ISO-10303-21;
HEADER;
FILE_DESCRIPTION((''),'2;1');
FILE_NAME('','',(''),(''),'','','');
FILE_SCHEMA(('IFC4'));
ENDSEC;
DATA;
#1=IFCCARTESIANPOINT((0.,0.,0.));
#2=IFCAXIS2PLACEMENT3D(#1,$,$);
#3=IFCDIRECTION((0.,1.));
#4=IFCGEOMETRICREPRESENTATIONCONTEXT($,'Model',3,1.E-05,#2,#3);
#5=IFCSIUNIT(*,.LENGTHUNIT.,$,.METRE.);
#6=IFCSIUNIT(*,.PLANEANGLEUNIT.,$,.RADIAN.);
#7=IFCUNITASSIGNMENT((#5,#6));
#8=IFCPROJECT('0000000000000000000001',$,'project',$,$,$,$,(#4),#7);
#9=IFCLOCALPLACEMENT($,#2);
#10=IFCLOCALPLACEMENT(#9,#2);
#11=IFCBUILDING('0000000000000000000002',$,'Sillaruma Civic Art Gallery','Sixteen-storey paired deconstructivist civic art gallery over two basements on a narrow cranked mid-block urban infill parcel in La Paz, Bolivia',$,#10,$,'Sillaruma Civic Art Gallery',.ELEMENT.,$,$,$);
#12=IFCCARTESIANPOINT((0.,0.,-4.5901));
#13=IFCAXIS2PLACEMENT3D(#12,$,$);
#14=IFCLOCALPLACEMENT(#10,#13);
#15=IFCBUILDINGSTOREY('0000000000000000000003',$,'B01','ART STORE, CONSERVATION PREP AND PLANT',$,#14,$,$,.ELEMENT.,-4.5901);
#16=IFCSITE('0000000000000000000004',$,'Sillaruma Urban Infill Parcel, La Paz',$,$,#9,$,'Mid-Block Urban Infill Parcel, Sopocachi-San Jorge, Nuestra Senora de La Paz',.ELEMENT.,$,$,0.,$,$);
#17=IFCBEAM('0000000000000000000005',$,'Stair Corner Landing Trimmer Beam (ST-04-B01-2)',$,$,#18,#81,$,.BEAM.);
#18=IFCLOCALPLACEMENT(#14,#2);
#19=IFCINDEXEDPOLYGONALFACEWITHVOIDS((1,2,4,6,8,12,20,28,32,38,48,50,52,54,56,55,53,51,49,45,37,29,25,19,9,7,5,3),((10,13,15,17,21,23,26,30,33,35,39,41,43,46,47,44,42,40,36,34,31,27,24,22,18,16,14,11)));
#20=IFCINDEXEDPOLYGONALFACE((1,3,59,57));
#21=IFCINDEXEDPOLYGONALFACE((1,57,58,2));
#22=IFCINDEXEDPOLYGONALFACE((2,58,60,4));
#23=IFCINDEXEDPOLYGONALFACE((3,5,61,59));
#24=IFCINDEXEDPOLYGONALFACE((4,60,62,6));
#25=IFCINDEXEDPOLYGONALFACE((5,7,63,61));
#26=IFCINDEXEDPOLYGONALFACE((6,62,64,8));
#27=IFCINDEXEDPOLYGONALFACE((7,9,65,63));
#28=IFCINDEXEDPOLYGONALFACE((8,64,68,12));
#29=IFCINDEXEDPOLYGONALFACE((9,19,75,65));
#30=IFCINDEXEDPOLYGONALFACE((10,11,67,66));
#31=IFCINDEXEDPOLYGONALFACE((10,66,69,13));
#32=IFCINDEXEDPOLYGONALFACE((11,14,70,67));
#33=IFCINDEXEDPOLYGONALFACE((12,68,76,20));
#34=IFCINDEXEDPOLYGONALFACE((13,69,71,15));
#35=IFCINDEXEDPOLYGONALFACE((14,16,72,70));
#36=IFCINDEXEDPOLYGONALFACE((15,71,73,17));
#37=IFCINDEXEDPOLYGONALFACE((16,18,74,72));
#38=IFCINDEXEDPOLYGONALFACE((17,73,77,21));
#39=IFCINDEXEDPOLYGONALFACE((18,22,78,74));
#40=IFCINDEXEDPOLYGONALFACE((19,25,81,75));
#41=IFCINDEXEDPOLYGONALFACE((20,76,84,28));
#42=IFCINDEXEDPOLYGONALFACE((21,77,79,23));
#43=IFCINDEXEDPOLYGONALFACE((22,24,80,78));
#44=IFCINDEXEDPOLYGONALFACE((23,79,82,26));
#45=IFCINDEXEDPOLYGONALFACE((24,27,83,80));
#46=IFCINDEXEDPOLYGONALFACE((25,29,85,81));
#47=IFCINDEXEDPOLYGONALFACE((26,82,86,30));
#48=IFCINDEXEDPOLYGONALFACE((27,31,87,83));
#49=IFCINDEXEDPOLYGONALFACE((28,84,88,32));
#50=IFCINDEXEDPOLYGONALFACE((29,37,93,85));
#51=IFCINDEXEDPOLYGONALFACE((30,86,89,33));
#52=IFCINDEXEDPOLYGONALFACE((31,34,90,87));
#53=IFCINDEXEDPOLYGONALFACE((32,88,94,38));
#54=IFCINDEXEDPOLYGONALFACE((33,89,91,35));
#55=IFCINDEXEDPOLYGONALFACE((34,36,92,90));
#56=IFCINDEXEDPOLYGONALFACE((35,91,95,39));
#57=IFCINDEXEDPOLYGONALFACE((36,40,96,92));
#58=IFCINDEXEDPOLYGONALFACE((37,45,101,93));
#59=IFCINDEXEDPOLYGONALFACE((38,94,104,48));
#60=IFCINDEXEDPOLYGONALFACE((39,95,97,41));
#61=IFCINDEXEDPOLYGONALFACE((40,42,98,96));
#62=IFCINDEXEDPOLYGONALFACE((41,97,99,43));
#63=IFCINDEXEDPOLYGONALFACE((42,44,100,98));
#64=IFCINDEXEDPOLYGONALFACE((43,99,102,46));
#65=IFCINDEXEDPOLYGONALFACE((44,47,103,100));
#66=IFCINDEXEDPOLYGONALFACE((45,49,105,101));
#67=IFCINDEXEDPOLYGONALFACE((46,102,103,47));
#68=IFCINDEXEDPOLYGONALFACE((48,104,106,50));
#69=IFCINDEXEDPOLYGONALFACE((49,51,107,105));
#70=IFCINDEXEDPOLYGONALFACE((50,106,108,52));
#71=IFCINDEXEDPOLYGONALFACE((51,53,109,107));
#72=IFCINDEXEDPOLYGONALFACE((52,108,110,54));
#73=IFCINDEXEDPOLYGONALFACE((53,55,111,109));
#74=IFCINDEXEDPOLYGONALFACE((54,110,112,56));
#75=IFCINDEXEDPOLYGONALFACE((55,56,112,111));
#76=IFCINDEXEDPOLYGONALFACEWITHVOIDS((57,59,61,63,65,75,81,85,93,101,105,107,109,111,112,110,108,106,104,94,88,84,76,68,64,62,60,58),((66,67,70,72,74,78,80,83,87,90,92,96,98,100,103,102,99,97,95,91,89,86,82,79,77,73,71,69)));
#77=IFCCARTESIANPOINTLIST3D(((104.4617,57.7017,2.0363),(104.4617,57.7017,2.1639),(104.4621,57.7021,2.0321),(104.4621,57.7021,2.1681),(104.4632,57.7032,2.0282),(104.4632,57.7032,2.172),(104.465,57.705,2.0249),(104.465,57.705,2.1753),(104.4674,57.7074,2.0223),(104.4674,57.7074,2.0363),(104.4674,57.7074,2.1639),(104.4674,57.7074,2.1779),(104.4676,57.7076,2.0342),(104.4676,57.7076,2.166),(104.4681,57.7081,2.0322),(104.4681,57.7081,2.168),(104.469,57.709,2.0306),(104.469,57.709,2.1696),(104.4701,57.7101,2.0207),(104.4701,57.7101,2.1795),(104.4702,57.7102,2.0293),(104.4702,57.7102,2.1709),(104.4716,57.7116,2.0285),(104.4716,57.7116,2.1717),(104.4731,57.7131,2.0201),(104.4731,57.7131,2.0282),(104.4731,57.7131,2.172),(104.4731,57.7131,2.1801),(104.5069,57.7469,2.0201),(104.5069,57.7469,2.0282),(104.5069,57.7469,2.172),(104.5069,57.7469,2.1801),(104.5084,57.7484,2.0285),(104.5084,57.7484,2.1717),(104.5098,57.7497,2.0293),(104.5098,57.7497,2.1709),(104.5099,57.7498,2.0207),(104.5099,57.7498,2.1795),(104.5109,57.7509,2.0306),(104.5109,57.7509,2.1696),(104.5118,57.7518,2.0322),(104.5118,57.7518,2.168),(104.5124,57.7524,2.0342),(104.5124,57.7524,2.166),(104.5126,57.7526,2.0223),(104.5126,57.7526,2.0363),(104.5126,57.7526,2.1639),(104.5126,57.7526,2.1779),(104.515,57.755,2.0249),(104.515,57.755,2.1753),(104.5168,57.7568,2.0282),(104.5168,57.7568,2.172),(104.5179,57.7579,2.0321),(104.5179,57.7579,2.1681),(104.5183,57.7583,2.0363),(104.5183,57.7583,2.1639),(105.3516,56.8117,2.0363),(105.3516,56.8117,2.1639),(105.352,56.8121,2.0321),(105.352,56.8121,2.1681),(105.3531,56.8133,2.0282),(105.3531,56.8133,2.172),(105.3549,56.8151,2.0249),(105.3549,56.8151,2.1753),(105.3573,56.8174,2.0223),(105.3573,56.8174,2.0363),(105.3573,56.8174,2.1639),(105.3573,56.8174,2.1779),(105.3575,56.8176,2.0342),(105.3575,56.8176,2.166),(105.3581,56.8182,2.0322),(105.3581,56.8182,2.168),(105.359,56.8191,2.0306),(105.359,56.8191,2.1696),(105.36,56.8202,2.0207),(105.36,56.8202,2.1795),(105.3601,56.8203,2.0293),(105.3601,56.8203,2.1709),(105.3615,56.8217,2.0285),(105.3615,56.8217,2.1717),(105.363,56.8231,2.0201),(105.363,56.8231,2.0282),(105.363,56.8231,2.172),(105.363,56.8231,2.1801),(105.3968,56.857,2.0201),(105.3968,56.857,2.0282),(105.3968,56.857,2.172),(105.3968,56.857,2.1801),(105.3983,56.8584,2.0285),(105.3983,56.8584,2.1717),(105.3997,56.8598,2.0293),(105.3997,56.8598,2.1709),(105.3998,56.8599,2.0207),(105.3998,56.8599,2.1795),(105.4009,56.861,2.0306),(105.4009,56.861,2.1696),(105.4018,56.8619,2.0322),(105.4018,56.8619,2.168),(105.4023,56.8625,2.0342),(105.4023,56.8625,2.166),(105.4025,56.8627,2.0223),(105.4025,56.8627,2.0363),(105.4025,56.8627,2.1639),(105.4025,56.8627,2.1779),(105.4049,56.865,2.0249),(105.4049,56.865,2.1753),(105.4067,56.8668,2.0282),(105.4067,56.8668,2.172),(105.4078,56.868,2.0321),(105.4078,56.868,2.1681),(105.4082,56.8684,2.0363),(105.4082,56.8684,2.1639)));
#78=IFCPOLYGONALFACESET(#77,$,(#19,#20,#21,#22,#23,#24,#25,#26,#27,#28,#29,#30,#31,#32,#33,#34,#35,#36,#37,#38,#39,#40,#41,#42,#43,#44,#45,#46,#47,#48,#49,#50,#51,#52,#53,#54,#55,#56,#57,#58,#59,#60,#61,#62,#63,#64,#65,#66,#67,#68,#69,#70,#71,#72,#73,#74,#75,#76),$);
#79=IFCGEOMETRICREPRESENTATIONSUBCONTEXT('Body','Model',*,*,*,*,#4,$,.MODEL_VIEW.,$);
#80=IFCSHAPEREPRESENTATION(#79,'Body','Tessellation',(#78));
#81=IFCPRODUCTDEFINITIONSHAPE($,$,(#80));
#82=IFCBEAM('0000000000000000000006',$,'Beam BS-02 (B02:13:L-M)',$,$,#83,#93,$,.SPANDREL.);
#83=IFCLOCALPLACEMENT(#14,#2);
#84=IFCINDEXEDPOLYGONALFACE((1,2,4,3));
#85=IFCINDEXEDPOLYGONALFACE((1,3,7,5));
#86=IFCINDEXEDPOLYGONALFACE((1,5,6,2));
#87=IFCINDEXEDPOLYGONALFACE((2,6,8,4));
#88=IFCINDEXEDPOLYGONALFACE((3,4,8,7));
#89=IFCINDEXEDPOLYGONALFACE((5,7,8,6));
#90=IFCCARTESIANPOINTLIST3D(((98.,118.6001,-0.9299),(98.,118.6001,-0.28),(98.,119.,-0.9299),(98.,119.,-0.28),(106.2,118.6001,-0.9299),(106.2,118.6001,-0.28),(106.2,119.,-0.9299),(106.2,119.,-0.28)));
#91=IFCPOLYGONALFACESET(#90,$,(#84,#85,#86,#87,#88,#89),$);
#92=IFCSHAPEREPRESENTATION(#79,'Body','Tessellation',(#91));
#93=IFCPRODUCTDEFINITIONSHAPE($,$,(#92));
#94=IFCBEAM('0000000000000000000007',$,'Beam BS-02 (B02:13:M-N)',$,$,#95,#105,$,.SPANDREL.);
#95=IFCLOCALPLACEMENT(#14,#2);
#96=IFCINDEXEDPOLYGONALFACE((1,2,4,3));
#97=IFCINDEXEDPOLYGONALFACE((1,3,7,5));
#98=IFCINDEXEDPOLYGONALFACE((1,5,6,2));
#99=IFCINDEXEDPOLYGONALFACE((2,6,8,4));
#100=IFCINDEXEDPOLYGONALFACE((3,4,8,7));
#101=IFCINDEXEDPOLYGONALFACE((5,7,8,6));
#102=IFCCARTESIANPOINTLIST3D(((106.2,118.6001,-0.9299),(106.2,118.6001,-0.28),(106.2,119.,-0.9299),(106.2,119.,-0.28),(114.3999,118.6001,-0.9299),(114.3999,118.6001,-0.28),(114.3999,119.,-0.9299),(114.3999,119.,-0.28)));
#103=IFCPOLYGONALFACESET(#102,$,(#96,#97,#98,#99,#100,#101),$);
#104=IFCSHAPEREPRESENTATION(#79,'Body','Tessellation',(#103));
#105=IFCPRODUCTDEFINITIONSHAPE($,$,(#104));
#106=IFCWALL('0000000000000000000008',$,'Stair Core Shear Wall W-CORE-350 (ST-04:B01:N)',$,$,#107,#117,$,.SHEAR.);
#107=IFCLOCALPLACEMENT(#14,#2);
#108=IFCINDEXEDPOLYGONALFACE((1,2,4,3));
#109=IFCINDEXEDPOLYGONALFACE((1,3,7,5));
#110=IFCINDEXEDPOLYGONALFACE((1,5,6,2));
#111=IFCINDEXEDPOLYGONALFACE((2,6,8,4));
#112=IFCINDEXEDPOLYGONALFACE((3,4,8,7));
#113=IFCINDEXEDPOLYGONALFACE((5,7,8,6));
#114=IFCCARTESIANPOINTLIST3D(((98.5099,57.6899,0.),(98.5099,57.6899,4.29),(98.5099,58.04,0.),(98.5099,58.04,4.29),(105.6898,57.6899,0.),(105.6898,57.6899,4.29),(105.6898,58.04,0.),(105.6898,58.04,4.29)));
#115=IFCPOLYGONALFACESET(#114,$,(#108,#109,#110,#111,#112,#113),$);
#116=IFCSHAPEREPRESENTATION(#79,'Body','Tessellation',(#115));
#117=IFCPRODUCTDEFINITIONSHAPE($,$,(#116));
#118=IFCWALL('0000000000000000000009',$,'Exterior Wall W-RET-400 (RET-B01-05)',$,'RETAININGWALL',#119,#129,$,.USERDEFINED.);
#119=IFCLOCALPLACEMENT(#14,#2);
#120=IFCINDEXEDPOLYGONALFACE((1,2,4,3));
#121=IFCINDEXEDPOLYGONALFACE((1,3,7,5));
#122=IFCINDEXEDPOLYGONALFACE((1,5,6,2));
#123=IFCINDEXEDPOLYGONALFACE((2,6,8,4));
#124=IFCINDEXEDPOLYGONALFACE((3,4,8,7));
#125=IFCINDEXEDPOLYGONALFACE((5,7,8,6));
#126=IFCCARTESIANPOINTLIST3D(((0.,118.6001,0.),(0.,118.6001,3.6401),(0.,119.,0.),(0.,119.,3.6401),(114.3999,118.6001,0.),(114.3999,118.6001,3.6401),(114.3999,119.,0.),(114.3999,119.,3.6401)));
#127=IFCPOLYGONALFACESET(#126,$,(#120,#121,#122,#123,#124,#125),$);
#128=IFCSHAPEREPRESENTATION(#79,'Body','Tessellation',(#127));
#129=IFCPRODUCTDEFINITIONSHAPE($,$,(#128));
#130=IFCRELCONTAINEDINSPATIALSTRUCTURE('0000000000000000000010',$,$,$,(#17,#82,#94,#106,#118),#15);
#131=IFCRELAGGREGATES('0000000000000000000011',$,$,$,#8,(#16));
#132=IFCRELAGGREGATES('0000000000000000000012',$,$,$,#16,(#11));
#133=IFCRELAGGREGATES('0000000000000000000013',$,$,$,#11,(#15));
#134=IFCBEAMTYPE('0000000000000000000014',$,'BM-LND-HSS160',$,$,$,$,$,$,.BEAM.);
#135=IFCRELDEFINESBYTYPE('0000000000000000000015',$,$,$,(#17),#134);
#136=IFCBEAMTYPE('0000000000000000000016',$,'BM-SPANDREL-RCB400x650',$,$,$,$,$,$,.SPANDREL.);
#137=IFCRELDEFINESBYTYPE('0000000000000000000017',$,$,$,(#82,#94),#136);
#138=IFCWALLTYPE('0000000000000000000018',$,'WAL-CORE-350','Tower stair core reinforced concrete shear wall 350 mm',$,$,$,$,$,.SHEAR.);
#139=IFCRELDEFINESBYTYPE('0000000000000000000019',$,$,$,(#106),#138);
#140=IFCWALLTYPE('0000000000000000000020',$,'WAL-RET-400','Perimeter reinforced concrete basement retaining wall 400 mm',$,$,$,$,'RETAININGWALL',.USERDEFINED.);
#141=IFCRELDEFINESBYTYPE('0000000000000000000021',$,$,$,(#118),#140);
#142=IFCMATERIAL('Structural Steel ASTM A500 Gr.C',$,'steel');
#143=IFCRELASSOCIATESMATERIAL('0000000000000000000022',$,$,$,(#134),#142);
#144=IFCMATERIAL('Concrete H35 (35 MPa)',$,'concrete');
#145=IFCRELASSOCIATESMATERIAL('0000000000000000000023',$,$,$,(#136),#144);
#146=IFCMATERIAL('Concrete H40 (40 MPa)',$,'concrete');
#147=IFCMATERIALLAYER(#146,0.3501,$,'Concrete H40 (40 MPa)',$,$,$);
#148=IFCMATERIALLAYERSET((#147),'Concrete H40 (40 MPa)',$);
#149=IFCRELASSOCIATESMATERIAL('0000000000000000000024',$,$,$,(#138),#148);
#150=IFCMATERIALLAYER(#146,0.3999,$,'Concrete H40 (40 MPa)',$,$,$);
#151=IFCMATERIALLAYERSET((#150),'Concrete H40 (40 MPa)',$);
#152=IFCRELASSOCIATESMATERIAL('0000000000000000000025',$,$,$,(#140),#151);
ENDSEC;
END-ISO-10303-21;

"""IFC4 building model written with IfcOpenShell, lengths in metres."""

from ifc_helpers import new_model, si_unit, direction, frame, frame_2d, origin, origin_2d, place, context, subcontext, project, spatial, rectangle, hollow_rectangle, extrude, material, layer, layer_set, material_profile, profile_set, type_object, element, save


model = new_model("IFC4")

# Units and contexts
model_context = context("Model", 3, precision=1e-05, world=origin(), true_north=direction((0.0, 1.0)))
body_context = subcontext(model_context, "Body", "Model", "MODEL_VIEW")
ifc_project = project(units=[si_unit("LENGTHUNIT", "METRE"), si_unit("PLANEANGLEUNIT", "RADIAN")], contexts=[model_context])

# Site, building, storey
site_placement = place(None, origin())
site = spatial("IfcSite", under=ifc_project, at=site_placement, Name="Sillaruma Urban Infill Parcel, La Paz", LongName="Mid-Block Urban Infill Parcel, Sopocachi-San Jorge, Nuestra Senora de La Paz", CompositionType="ELEMENT", RefElevation=0.0)
building_placement = place(site_placement, origin())
building = spatial("IfcBuilding", under=site, at=building_placement, Name="Sillaruma Civic Art Gallery", Description="Sixteen-storey paired deconstructivist civic art gallery over two basements on a narrow cranked mid-block urban infill parcel in La Paz, Bolivia", LongName="Sillaruma Civic Art Gallery", CompositionType="ELEMENT")
storey_placement = place(building_placement, frame((0.0, 0.0, -4.5901)))
storey = spatial("IfcBuildingStorey", under=building, at=storey_placement, Name="B01", Description="ART STORE, CONSERVATION PREP AND PLANT", CompositionType="ELEMENT", Elevation=-4.5901)

# Shared definitions
ifc_material_1 = material(Name="Concrete H40 (40 MPa)", Category="concrete")

# Beams
ifc_material_2 = material(Name="Structural Steel ASTM A500 Gr.C", Category="steel")
ifc_material_profile_1 = material_profile(ifc_material_2, hollow_rectangle(XDim=0.0801, YDim=0.1599, WallThickness=0.0081, InnerFilletRadius=0.0081, OuterFilletRadius=0.0161, at=origin_2d()), Name="HSS160x80x8")
ifc_profile_set_1 = profile_set([ifc_material_profile_1], Name="Structural Steel ASTM A500 Gr.C")
beam_type_1 = type_object("IfcBeamType", Name="BM-LND-HSS160", PredefinedType="BEAM", material=ifc_profile_set_1)
beam_1_placement = place(storey_placement, frame((104.49, 57.73, 2.1001), z_axis=(0.707107, -0.707107, 0.0), x_axis=(0.707107, 0.707107, 0.0)))
element("IfcBeam", 1, at=beam_1_placement, inside=storey, type_object=beam_type_1, Name="Stair Corner Landing Trimmer Beam (ST-04-B01-2)", PredefinedType="BEAM", context=body_context, shape_type="SweptSolid", body=[
    extrude(hollow_rectangle(XDim=0.0801, YDim=0.1599, WallThickness=0.0081, InnerFilletRadius=0.0081, OuterFilletRadius=0.0161, at=origin_2d()), origin(), (0.0, 0.0, 1.0), 1.2585),
])
ifc_material_3 = material(Name="Concrete H35 (35 MPa)", Category="concrete")
ifc_material_profile_2 = material_profile(ifc_material_3, rectangle(XDim=0.3999, YDim=0.6499, at=origin_2d()), Name="RCB400x650")
ifc_profile_set_2 = profile_set([ifc_material_profile_2], Name="Concrete H35 (35 MPa)")
beam_type_2 = type_object("IfcBeamType", Name="BM-SPANDREL-RCB400x650", PredefinedType="SPANDREL", material=ifc_profile_set_2)
for number, where, z_axis, x_axis, name in (
    (2, (98.0, 118.8, -0.605), (1.0, 0.0, 0.0), (0.0, 1.0, 0.0), "Beam BS-02 (B02:13:L-M)"),
    (3, (106.2, 118.8, -0.605), (1.0, 0.0, 0.0), (0.0, 1.0, 0.0), "Beam BS-02 (B02:13:M-N)"),
):
    element("IfcBeam", number, at=place(storey_placement, frame(where, z_axis=z_axis, x_axis=x_axis)), inside=storey, type_object=beam_type_2, Name=name, PredefinedType="SPANDREL", context=body_context, shape_type="SweptSolid", body=[
        extrude(rectangle(XDim=0.3999, YDim=0.6499, at=origin_2d()), origin(), (0.0, 0.0, 1.0), 8.2),
    ])

# Walls
ifc_layer_1 = layer(ifc_material_1, 0.3501, Name="Concrete H40 (40 MPa)")
ifc_layer_set_1 = layer_set([ifc_layer_1], Name="Concrete H40 (40 MPa)")
wall_type_1 = type_object("IfcWallType", Name="WAL-CORE-350", Description="Tower stair core reinforced concrete shear wall 350 mm", PredefinedType="SHEAR", material=ifc_layer_set_1)
wall_1_placement = place(storey_placement, frame((98.51, 57.865, 0.0), z_axis=(0.0, 0.0, 1.0), x_axis=(1.0, 0.0, 0.0)))
element("IfcWall", 4, at=wall_1_placement, inside=storey, type_object=wall_type_1, Name="Stair Core Shear Wall W-CORE-350 (ST-04:B01:N)", PredefinedType="SHEAR", context=body_context, shape_type="SweptSolid", body=[
    extrude(rectangle(XDim=7.1799, YDim=0.3501, at=frame_2d((3.5898, 0.0))), origin(), (0.0, 0.0, 1.0), 4.29),
])
ifc_layer_2 = layer(ifc_material_1, 0.3999, Name="Concrete H40 (40 MPa)")
ifc_layer_set_2 = layer_set([ifc_layer_2], Name="Concrete H40 (40 MPa)")
wall_type_2 = type_object("IfcWallType", Name="WAL-RET-400", Description="Perimeter reinforced concrete basement retaining wall 400 mm", ElementType="RETAININGWALL", PredefinedType="USERDEFINED", material=ifc_layer_set_2)
wall_2_placement = place(storey_placement, frame((114.3999, 118.8, 0.0), z_axis=(0.0, 0.0, 1.0), x_axis=(-1.0, 0.0, 0.0)))
element("IfcWall", 5, at=wall_2_placement, inside=storey, type_object=wall_type_2, Name="Exterior Wall W-RET-400 (RET-B01-05)", ObjectType="RETAININGWALL", PredefinedType="USERDEFINED", context=body_context, shape_type="SweptSolid", body=[
    extrude(rectangle(XDim=114.3999, YDim=0.3999, at=frame_2d((57.2, 0.0))), origin(), (0.0, 0.0, 1.0), 3.6401),
])

save(model, "model.ifc")
